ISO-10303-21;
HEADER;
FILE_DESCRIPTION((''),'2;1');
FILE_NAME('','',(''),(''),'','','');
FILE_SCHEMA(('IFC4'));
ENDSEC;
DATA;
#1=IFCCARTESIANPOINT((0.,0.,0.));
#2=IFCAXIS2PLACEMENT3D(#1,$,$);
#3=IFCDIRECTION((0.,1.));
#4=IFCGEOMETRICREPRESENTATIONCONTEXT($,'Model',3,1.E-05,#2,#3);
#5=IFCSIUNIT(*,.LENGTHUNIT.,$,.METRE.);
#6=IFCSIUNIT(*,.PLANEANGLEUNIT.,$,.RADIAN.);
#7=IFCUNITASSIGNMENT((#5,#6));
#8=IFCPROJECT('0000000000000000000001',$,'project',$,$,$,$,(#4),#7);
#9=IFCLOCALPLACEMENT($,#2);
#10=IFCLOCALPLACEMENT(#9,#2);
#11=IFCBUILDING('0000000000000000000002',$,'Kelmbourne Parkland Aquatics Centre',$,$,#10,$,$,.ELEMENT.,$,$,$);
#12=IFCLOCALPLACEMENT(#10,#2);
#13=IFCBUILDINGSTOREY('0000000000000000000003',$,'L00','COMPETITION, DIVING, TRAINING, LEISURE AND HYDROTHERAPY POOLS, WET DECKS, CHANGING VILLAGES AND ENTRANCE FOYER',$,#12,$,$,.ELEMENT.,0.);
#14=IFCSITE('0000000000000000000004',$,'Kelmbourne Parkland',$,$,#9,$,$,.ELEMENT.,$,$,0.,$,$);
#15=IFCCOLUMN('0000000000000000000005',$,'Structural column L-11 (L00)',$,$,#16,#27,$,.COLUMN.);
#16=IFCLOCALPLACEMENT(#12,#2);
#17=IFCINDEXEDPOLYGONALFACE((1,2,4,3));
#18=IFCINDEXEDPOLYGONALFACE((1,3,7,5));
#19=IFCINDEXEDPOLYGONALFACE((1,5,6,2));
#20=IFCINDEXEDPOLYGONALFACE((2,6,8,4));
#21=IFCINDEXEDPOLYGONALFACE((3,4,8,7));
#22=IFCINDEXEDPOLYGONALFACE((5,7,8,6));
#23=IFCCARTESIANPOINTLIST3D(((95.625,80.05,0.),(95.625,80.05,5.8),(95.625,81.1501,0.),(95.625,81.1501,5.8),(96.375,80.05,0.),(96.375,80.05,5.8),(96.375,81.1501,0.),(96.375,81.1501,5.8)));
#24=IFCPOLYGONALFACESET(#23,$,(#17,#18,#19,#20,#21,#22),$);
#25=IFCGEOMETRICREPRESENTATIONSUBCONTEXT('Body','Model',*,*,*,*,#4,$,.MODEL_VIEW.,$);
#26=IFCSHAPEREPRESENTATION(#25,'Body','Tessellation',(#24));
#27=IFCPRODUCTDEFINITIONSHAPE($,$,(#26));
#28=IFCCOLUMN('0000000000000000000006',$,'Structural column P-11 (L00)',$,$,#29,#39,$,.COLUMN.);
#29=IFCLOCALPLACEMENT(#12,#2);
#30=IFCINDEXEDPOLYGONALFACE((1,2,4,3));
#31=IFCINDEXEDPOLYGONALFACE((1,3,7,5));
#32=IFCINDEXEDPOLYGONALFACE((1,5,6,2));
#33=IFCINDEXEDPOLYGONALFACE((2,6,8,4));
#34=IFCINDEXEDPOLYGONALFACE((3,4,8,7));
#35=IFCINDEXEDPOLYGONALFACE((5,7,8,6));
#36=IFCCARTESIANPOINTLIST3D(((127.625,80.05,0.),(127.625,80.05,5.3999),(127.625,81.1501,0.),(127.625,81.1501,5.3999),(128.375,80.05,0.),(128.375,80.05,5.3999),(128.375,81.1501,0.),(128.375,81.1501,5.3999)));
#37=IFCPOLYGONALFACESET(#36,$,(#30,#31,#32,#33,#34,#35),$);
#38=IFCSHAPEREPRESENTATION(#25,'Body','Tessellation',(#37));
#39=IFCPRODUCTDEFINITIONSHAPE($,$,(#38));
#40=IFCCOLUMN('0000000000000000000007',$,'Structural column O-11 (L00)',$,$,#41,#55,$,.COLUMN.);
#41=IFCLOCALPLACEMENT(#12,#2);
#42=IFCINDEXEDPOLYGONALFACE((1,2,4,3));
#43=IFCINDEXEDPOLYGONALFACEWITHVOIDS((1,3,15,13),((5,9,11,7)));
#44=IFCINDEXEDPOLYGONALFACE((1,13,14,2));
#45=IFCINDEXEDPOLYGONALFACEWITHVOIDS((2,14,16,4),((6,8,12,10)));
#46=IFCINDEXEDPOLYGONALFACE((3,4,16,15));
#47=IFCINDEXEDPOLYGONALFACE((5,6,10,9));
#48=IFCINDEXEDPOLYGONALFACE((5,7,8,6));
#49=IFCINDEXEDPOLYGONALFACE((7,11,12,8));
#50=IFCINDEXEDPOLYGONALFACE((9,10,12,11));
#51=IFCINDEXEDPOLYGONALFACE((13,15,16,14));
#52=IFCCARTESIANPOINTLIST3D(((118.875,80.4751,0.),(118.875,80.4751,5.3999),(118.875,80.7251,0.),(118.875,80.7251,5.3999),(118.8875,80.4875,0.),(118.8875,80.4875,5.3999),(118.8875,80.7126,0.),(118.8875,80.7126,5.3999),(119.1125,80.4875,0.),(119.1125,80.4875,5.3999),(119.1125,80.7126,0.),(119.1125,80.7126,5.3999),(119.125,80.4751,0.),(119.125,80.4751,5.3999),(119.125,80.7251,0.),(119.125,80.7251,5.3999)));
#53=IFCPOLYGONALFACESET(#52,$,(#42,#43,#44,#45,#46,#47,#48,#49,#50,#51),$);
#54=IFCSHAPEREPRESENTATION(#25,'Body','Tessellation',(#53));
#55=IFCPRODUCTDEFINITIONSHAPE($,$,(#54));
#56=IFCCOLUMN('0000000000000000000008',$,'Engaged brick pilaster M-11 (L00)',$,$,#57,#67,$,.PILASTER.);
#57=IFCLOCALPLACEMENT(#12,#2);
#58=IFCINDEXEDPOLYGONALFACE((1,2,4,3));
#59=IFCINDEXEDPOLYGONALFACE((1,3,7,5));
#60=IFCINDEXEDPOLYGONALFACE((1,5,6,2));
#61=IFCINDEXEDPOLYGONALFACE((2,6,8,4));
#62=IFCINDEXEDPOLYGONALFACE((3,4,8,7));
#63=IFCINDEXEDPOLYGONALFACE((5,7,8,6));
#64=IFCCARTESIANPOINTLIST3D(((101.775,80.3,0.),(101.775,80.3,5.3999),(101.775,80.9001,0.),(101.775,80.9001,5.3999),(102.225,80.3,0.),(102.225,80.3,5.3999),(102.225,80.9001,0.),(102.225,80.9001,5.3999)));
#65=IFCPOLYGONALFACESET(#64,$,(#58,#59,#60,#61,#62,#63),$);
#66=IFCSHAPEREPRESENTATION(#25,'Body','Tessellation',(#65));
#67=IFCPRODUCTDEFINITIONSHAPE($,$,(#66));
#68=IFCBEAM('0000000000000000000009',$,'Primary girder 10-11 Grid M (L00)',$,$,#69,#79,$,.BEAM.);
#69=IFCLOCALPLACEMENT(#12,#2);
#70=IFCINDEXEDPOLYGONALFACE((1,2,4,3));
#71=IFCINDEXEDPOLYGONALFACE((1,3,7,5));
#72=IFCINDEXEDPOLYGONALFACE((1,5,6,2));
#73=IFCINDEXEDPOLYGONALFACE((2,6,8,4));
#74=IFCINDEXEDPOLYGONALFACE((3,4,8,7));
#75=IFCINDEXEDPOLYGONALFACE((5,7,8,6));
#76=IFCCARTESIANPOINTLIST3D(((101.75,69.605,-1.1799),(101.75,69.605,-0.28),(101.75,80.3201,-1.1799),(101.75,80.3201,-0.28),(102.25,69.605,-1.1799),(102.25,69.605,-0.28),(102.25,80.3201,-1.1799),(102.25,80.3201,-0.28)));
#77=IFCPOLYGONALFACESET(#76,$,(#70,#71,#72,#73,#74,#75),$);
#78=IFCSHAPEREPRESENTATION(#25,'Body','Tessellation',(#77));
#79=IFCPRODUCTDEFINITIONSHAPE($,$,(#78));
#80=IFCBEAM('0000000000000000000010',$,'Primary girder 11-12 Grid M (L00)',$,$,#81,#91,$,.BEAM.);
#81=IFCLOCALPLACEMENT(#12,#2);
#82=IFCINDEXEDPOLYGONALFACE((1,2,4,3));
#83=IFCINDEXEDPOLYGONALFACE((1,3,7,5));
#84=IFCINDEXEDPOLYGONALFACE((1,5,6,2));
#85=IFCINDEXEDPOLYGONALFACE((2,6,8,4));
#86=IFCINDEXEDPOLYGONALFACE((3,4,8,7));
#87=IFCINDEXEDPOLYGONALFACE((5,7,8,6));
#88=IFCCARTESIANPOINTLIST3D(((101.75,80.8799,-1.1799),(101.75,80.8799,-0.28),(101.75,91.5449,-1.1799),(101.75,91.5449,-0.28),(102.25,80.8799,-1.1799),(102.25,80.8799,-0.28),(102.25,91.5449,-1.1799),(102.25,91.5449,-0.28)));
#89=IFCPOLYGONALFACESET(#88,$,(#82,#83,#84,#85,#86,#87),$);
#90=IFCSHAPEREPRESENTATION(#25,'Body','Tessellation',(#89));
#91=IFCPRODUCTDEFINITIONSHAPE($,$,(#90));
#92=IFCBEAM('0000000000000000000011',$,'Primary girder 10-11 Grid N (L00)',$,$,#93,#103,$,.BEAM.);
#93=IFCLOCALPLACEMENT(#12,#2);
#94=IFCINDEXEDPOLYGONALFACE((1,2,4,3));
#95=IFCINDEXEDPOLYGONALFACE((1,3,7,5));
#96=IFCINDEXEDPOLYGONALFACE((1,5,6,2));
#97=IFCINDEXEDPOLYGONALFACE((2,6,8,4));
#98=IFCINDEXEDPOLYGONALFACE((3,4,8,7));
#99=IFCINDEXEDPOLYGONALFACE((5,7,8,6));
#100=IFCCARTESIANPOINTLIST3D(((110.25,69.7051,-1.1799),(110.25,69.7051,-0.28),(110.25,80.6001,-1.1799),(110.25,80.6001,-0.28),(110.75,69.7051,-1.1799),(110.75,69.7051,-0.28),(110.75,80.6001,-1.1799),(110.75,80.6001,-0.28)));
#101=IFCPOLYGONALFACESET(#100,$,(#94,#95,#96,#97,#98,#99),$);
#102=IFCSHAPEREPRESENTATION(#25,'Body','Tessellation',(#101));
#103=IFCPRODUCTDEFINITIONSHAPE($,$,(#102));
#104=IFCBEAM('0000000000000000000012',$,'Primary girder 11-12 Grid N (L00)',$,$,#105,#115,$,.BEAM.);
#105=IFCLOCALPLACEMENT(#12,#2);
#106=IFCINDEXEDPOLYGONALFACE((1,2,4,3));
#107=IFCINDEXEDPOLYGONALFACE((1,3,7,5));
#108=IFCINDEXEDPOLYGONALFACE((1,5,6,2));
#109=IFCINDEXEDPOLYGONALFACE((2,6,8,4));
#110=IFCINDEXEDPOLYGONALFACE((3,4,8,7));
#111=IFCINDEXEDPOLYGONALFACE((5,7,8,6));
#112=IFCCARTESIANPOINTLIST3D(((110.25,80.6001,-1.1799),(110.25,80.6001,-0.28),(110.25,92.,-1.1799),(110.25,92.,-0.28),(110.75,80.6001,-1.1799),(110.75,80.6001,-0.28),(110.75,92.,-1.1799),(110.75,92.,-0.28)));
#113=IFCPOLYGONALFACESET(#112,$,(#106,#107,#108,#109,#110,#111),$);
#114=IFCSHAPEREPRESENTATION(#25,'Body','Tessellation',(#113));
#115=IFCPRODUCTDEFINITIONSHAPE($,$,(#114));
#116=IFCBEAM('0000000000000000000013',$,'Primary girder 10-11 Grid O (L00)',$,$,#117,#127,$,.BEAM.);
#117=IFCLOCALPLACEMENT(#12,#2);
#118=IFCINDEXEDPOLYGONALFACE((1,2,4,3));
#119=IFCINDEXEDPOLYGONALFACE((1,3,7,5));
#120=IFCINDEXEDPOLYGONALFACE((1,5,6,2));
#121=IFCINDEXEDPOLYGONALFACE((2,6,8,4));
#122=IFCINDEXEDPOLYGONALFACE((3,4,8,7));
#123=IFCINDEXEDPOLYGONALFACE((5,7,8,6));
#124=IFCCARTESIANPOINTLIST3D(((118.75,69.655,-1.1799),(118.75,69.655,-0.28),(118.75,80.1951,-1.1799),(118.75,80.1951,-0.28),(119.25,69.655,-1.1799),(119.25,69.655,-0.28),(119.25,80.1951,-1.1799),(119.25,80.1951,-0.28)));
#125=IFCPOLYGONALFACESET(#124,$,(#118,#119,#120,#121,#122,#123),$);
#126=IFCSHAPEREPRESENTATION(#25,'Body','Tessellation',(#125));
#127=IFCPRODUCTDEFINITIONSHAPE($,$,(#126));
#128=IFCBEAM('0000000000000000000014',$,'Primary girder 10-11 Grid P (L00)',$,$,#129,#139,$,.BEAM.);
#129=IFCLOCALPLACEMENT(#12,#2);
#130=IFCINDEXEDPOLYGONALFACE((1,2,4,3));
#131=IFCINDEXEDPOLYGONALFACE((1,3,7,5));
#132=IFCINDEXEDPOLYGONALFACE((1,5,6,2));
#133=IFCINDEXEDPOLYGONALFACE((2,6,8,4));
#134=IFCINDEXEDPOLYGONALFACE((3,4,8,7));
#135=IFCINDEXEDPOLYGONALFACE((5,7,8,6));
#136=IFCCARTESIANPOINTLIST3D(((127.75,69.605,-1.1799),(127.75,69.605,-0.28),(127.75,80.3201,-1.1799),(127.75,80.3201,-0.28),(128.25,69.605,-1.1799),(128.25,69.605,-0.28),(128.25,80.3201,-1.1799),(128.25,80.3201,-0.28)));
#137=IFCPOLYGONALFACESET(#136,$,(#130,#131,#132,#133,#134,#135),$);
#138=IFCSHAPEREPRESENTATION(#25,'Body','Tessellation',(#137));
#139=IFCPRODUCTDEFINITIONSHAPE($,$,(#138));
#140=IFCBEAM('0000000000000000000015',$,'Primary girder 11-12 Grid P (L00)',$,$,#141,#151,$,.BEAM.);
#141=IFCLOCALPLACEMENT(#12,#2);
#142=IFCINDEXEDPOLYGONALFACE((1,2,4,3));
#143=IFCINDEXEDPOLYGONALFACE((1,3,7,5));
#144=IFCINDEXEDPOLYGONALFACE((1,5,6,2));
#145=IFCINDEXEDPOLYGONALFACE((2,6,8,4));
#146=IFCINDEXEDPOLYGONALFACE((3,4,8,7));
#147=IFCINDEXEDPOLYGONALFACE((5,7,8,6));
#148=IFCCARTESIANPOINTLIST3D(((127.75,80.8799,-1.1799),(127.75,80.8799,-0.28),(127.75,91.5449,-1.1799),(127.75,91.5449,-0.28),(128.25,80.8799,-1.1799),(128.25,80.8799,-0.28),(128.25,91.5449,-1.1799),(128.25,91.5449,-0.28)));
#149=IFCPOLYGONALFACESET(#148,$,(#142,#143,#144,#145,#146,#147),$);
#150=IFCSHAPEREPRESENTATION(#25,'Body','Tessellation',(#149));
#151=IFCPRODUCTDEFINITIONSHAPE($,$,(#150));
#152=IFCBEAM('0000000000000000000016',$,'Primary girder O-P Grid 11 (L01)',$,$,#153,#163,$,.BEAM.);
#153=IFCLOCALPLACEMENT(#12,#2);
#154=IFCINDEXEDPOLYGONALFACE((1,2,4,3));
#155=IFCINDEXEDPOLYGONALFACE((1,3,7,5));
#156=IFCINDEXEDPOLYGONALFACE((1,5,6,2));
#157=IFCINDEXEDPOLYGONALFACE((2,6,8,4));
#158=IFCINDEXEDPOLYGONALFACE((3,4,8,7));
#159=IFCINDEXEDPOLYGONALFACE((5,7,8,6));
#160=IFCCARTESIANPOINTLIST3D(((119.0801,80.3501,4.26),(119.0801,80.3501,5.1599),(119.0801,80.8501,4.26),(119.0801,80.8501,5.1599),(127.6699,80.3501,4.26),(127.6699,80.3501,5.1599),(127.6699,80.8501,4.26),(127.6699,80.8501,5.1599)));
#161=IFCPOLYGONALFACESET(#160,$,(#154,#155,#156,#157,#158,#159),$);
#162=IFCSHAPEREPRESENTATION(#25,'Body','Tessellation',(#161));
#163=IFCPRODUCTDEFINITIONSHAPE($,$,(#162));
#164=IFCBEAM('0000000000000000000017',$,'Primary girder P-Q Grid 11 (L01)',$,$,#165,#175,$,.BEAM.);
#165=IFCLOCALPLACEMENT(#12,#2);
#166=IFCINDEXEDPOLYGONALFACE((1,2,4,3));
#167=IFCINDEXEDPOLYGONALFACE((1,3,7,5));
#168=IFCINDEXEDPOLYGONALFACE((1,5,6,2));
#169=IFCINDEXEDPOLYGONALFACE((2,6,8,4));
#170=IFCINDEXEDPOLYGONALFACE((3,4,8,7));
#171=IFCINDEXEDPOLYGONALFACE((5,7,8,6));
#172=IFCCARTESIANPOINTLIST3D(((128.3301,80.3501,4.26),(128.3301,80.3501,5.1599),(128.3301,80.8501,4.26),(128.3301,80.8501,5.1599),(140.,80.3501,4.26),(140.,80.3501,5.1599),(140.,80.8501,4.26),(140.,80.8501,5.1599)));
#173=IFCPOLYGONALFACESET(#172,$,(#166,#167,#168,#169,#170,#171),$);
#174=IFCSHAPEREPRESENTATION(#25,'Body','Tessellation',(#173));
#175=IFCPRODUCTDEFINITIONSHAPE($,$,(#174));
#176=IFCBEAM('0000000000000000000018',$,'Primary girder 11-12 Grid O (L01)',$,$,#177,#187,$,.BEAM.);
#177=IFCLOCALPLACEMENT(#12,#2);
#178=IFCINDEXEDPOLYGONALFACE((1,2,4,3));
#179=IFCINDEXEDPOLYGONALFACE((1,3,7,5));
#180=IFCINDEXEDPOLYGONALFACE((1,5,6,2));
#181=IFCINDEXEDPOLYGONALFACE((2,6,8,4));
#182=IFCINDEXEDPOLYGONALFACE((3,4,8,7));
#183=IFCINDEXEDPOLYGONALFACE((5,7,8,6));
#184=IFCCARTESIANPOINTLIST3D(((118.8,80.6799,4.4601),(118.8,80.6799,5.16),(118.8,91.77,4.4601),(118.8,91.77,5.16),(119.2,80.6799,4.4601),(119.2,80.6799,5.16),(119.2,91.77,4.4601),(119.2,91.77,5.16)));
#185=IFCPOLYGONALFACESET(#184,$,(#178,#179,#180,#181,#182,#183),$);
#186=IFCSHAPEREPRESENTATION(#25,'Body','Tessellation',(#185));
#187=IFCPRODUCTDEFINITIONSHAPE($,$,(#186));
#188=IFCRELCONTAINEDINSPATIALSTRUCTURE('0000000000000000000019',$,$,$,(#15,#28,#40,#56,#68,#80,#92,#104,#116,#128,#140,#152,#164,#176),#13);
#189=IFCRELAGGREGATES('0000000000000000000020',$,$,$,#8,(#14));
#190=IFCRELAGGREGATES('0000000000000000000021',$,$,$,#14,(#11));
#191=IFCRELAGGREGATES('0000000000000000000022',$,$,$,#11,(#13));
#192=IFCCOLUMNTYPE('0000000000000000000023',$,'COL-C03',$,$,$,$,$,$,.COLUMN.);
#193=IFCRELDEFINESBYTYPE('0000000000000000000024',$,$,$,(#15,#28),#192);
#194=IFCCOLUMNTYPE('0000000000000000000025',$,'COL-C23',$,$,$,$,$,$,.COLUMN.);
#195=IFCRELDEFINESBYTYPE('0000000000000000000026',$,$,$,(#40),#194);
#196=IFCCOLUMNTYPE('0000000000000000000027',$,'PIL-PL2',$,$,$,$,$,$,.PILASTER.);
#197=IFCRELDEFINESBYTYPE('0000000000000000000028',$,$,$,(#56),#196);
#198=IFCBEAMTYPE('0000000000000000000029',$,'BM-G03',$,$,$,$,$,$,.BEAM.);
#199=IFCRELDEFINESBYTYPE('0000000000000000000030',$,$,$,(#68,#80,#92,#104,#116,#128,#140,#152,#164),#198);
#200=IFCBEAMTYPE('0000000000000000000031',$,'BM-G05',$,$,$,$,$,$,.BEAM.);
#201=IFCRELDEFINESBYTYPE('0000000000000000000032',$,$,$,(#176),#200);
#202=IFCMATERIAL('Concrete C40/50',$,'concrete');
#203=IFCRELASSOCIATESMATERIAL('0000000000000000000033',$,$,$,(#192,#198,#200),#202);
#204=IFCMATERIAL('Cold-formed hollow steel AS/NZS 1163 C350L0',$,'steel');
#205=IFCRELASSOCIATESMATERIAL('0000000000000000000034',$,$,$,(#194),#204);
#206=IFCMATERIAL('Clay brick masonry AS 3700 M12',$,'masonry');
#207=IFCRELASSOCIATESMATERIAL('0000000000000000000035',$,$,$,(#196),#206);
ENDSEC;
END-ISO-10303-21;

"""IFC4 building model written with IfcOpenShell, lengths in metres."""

from ifc_helpers import new_model, si_unit, direction, frame, origin, origin_2d, place, context, subcontext, project, spatial, rectangle, hollow_rectangle, extrude, material, material_profile, profile_set, type_object, element, save


model = new_model("IFC4")

# Units and contexts
model_context = context("Model", 3, precision=1e-05, world=origin(), true_north=direction((0.0, 1.0)))
body_context = subcontext(model_context, "Body", "Model", "MODEL_VIEW")
ifc_project = project(units=[si_unit("LENGTHUNIT", "METRE"), si_unit("PLANEANGLEUNIT", "RADIAN")], contexts=[model_context])

# Site, building, storey
site_placement = place(None, origin())
site = spatial("IfcSite", under=ifc_project, at=site_placement, Name="Kelmbourne Parkland", CompositionType="ELEMENT", RefElevation=0.0)
building_placement = place(site_placement, origin())
building = spatial("IfcBuilding", under=site, at=building_placement, Name="Kelmbourne Parkland Aquatics Centre", CompositionType="ELEMENT")
storey_placement = place(building_placement, origin())
storey = spatial("IfcBuildingStorey", under=building, at=storey_placement, Name="L00", Description="COMPETITION, DIVING, TRAINING, LEISURE AND HYDROTHERAPY POOLS, WET DECKS, CHANGING VILLAGES AND ENTRANCE FOYER", CompositionType="ELEMENT", Elevation=0.0)

# Columns
ifc_material_1 = material(Name="Concrete C40/50", Category="concrete")
ifc_material_profile_1 = material_profile(ifc_material_1, rectangle(XDim=0.75, YDim=1.1001, at=origin_2d()), Name="RC 750x1100")
ifc_profile_set_1 = profile_set([ifc_material_profile_1], Name="Concrete C40/50")
column_type_1 = type_object("IfcColumnType", Name="COL-C03", PredefinedType="COLUMN", material=ifc_profile_set_1)
column_1_placement = place(storey_placement, frame((96.0, 80.6001, 0.0), z_axis=(0.0, 0.0, 1.0), x_axis=(1.0, 0.0, 0.0)))
element("IfcColumn", 1, at=column_1_placement, inside=storey, type_object=column_type_1, Name="Structural column L-11 (L00)", PredefinedType="COLUMN", context=body_context, shape_type="SweptSolid", body=[
    extrude(rectangle(XDim=0.75, YDim=1.1001, at=origin_2d()), origin(), (0.0, 0.0, 1.0), 5.8),
])
column_2_placement = place(storey_placement, frame((128.0, 80.6001, 0.0), z_axis=(0.0, 0.0, 1.0), x_axis=(1.0, 0.0, 0.0)))
element("IfcColumn", 2, at=column_2_placement, inside=storey, type_object=column_type_1, Name="Structural column P-11 (L00)", PredefinedType="COLUMN", context=body_context, shape_type="SweptSolid", body=[
    extrude(rectangle(XDim=0.75, YDim=1.1001, at=origin_2d()), origin(), (0.0, 0.0, 1.0), 5.3999),
])
ifc_material_2 = material(Name="Cold-formed hollow steel AS/NZS 1163 C350L0", Category="steel")
ifc_material_profile_2 = material_profile(ifc_material_2, hollow_rectangle(XDim=0.25, YDim=0.25, WallThickness=0.0125, at=origin_2d()), Name="SHS 250x250x12.5")
ifc_profile_set_2 = profile_set([ifc_material_profile_2], Name="Cold-formed hollow steel AS/NZS 1163 C350L0")
column_type_2 = type_object("IfcColumnType", Name="COL-C23", PredefinedType="COLUMN", material=ifc_profile_set_2)
column_3_placement = place(storey_placement, frame((119.0, 80.6001, 0.0), z_axis=(0.0, 0.0, 1.0), x_axis=(1.0, 0.0, 0.0)))
element("IfcColumn", 3, at=column_3_placement, inside=storey, type_object=column_type_2, Name="Structural column O-11 (L00)", PredefinedType="COLUMN", context=body_context, shape_type="SweptSolid", body=[
    extrude(hollow_rectangle(XDim=0.25, YDim=0.25, WallThickness=0.0125, at=origin_2d()), origin(), (0.0, 0.0, 1.0), 5.3999),
])
ifc_material_3 = material(Name="Clay brick masonry AS 3700 M12", Category="masonry")
ifc_material_profile_3 = material_profile(ifc_material_3, rectangle(XDim=0.45, YDim=0.6001, at=origin_2d()), Name="PIL 450x600")
ifc_profile_set_3 = profile_set([ifc_material_profile_3], Name="Clay brick masonry AS 3700 M12")
column_type_3 = type_object("IfcColumnType", Name="PIL-PL2", PredefinedType="PILASTER", material=ifc_profile_set_3)
column_4_placement = place(storey_placement, frame((102.0, 80.6001, 0.0), z_axis=(0.0, 0.0, 1.0), x_axis=(1.0, 0.0, 0.0)))
element("IfcColumn", 4, at=column_4_placement, inside=storey, type_object=column_type_3, Name="Engaged brick pilaster M-11 (L00)", PredefinedType="PILASTER", context=body_context, shape_type="SweptSolid", body=[
    extrude(rectangle(XDim=0.45, YDim=0.6001, at=origin_2d()), origin(), (0.0, 0.0, 1.0), 5.3999),
])

# Beams
ifc_material_profile_4 = material_profile(ifc_material_1, rectangle(XDim=0.5, YDim=0.8999, at=origin_2d()), Name="RC 500x900")
ifc_profile_set_4 = profile_set([ifc_material_profile_4], Name="Concrete C40/50")
beam_type_1 = type_object("IfcBeamType", Name="BM-G03", PredefinedType="BEAM", material=ifc_profile_set_4)
beam_1_placement = place(storey_placement, frame((102.0, 69.605, -0.73), z_axis=(0.0, 1.0, 0.0), x_axis=(-1.0, 0.0, 0.0)))
element("IfcBeam", 5, at=beam_1_placement, inside=storey, type_object=beam_type_1, Name="Primary girder 10-11 Grid M (L00)", PredefinedType="BEAM", context=body_context, shape_type="SweptSolid", body=[
    extrude(rectangle(XDim=0.5, YDim=0.8999, at=origin_2d()), origin(), (0.0, 0.0, 1.0), 10.7151),
])
beam_2_placement = place(storey_placement, frame((102.0, 80.8799, -0.73), z_axis=(0.0, 1.0, 0.0), x_axis=(-1.0, 0.0, 0.0)))
element("IfcBeam", 6, at=beam_2_placement, inside=storey, type_object=beam_type_1, Name="Primary girder 11-12 Grid M (L00)", PredefinedType="BEAM", context=body_context, shape_type="SweptSolid", body=[
    extrude(rectangle(XDim=0.5, YDim=0.8999, at=origin_2d()), origin(), (0.0, 0.0, 1.0), 10.665),
])
beam_3_placement = place(storey_placement, frame((110.5, 69.7051, -0.73), z_axis=(0.0, 1.0, 0.0), x_axis=(-1.0, 0.0, 0.0)))
element("IfcBeam", 7, at=beam_3_placement, inside=storey, type_object=beam_type_1, Name="Primary girder 10-11 Grid N (L00)", PredefinedType="BEAM", context=body_context, shape_type="SweptSolid", body=[
    extrude(rectangle(XDim=0.5, YDim=0.8999, at=origin_2d()), origin(), (0.0, 0.0, 1.0), 10.895),
])
beam_4_placement = place(storey_placement, frame((110.5, 80.6001, -0.73), z_axis=(0.0, 1.0, 0.0), x_axis=(-1.0, 0.0, 0.0)))
element("IfcBeam", 8, at=beam_4_placement, inside=storey, type_object=beam_type_1, Name="Primary girder 11-12 Grid N (L00)", PredefinedType="BEAM", context=body_context, shape_type="SweptSolid", body=[
    extrude(rectangle(XDim=0.5, YDim=0.8999, at=origin_2d()), origin(), (0.0, 0.0, 1.0), 11.3999),
])
beam_5_placement = place(storey_placement, frame((119.0, 69.655, -0.73), z_axis=(0.0, 1.0, 0.0), x_axis=(-1.0, 0.0, 0.0)))
element("IfcBeam", 9, at=beam_5_placement, inside=storey, type_object=beam_type_1, Name="Primary girder 10-11 Grid O (L00)", PredefinedType="BEAM", context=body_context, shape_type="SweptSolid", body=[
    extrude(rectangle(XDim=0.5, YDim=0.8999, at=origin_2d()), origin(), (0.0, 0.0, 1.0), 10.54),
])
beam_6_placement = place(storey_placement, frame((128.0, 69.605, -0.73), z_axis=(0.0, 1.0, 0.0), x_axis=(-1.0, 0.0, 0.0)))
element("IfcBeam", 10, at=beam_6_placement, inside=storey, type_object=beam_type_1, Name="Primary girder 10-11 Grid P (L00)", PredefinedType="BEAM", context=body_context, shape_type="SweptSolid", body=[
    extrude(rectangle(XDim=0.5, YDim=0.8999, at=origin_2d()), origin(), (0.0, 0.0, 1.0), 10.7151),
])
beam_7_placement = place(storey_placement, frame((128.0, 80.8799, -0.73), z_axis=(0.0, 1.0, 0.0), x_axis=(-1.0, 0.0, 0.0)))
element("IfcBeam", 11, at=beam_7_placement, inside=storey, type_object=beam_type_1, Name="Primary girder 11-12 Grid P (L00)", PredefinedType="BEAM", context=body_context, shape_type="SweptSolid", body=[
    extrude(rectangle(XDim=0.5, YDim=0.8999, at=origin_2d()), origin(), (0.0, 0.0, 1.0), 10.665),
])
beam_8_placement = place(storey_placement, frame((119.0801, 80.6001, 4.71), z_axis=(1.0, 0.0, 0.0), x_axis=(0.0, 1.0, 0.0)))
element("IfcBeam", 12, at=beam_8_placement, inside=storey, type_object=beam_type_1, Name="Primary girder O-P Grid 11 (L01)", PredefinedType="BEAM", context=body_context, shape_type="SweptSolid", body=[
    extrude(rectangle(XDim=0.5, YDim=0.8999, at=origin_2d()), origin(), (0.0, 0.0, 1.0), 8.5898),
])
beam_9_placement = place(storey_placement, frame((128.3301, 80.6001, 4.71), z_axis=(1.0, 0.0, 0.0), x_axis=(0.0, 1.0, 0.0)))
element("IfcBeam", 13, at=beam_9_placement, inside=storey, type_object=beam_type_1, Name="Primary girder P-Q Grid 11 (L01)", PredefinedType="BEAM", context=body_context, shape_type="SweptSolid", body=[
    extrude(rectangle(XDim=0.5, YDim=0.8999, at=origin_2d()), origin(), (0.0, 0.0, 1.0), 11.6699),
])
ifc_material_profile_5 = material_profile(ifc_material_1, rectangle(XDim=0.3999, YDim=0.7, at=origin_2d()), Name="RC 400x700")
ifc_profile_set_5 = profile_set([ifc_material_profile_5], Name="Concrete C40/50")
beam_type_2 = type_object("IfcBeamType", Name="BM-G05", PredefinedType="BEAM", material=ifc_profile_set_5)
beam_10_placement = place(storey_placement, frame((119.0, 80.6799, 4.8101), z_axis=(0.0, 1.0, 0.0), x_axis=(-1.0, 0.0, 0.0)))
element("IfcBeam", 14, at=beam_10_placement, inside=storey, type_object=beam_type_2, Name="Primary girder 11-12 Grid O (L01)", PredefinedType="BEAM", context=body_context, shape_type="SweptSolid", body=[
    extrude(rectangle(XDim=0.3999, YDim=0.7, at=origin_2d()), origin(), (0.0, 0.0, 1.0), 11.0901),
])

save(model, "model.ifc")
